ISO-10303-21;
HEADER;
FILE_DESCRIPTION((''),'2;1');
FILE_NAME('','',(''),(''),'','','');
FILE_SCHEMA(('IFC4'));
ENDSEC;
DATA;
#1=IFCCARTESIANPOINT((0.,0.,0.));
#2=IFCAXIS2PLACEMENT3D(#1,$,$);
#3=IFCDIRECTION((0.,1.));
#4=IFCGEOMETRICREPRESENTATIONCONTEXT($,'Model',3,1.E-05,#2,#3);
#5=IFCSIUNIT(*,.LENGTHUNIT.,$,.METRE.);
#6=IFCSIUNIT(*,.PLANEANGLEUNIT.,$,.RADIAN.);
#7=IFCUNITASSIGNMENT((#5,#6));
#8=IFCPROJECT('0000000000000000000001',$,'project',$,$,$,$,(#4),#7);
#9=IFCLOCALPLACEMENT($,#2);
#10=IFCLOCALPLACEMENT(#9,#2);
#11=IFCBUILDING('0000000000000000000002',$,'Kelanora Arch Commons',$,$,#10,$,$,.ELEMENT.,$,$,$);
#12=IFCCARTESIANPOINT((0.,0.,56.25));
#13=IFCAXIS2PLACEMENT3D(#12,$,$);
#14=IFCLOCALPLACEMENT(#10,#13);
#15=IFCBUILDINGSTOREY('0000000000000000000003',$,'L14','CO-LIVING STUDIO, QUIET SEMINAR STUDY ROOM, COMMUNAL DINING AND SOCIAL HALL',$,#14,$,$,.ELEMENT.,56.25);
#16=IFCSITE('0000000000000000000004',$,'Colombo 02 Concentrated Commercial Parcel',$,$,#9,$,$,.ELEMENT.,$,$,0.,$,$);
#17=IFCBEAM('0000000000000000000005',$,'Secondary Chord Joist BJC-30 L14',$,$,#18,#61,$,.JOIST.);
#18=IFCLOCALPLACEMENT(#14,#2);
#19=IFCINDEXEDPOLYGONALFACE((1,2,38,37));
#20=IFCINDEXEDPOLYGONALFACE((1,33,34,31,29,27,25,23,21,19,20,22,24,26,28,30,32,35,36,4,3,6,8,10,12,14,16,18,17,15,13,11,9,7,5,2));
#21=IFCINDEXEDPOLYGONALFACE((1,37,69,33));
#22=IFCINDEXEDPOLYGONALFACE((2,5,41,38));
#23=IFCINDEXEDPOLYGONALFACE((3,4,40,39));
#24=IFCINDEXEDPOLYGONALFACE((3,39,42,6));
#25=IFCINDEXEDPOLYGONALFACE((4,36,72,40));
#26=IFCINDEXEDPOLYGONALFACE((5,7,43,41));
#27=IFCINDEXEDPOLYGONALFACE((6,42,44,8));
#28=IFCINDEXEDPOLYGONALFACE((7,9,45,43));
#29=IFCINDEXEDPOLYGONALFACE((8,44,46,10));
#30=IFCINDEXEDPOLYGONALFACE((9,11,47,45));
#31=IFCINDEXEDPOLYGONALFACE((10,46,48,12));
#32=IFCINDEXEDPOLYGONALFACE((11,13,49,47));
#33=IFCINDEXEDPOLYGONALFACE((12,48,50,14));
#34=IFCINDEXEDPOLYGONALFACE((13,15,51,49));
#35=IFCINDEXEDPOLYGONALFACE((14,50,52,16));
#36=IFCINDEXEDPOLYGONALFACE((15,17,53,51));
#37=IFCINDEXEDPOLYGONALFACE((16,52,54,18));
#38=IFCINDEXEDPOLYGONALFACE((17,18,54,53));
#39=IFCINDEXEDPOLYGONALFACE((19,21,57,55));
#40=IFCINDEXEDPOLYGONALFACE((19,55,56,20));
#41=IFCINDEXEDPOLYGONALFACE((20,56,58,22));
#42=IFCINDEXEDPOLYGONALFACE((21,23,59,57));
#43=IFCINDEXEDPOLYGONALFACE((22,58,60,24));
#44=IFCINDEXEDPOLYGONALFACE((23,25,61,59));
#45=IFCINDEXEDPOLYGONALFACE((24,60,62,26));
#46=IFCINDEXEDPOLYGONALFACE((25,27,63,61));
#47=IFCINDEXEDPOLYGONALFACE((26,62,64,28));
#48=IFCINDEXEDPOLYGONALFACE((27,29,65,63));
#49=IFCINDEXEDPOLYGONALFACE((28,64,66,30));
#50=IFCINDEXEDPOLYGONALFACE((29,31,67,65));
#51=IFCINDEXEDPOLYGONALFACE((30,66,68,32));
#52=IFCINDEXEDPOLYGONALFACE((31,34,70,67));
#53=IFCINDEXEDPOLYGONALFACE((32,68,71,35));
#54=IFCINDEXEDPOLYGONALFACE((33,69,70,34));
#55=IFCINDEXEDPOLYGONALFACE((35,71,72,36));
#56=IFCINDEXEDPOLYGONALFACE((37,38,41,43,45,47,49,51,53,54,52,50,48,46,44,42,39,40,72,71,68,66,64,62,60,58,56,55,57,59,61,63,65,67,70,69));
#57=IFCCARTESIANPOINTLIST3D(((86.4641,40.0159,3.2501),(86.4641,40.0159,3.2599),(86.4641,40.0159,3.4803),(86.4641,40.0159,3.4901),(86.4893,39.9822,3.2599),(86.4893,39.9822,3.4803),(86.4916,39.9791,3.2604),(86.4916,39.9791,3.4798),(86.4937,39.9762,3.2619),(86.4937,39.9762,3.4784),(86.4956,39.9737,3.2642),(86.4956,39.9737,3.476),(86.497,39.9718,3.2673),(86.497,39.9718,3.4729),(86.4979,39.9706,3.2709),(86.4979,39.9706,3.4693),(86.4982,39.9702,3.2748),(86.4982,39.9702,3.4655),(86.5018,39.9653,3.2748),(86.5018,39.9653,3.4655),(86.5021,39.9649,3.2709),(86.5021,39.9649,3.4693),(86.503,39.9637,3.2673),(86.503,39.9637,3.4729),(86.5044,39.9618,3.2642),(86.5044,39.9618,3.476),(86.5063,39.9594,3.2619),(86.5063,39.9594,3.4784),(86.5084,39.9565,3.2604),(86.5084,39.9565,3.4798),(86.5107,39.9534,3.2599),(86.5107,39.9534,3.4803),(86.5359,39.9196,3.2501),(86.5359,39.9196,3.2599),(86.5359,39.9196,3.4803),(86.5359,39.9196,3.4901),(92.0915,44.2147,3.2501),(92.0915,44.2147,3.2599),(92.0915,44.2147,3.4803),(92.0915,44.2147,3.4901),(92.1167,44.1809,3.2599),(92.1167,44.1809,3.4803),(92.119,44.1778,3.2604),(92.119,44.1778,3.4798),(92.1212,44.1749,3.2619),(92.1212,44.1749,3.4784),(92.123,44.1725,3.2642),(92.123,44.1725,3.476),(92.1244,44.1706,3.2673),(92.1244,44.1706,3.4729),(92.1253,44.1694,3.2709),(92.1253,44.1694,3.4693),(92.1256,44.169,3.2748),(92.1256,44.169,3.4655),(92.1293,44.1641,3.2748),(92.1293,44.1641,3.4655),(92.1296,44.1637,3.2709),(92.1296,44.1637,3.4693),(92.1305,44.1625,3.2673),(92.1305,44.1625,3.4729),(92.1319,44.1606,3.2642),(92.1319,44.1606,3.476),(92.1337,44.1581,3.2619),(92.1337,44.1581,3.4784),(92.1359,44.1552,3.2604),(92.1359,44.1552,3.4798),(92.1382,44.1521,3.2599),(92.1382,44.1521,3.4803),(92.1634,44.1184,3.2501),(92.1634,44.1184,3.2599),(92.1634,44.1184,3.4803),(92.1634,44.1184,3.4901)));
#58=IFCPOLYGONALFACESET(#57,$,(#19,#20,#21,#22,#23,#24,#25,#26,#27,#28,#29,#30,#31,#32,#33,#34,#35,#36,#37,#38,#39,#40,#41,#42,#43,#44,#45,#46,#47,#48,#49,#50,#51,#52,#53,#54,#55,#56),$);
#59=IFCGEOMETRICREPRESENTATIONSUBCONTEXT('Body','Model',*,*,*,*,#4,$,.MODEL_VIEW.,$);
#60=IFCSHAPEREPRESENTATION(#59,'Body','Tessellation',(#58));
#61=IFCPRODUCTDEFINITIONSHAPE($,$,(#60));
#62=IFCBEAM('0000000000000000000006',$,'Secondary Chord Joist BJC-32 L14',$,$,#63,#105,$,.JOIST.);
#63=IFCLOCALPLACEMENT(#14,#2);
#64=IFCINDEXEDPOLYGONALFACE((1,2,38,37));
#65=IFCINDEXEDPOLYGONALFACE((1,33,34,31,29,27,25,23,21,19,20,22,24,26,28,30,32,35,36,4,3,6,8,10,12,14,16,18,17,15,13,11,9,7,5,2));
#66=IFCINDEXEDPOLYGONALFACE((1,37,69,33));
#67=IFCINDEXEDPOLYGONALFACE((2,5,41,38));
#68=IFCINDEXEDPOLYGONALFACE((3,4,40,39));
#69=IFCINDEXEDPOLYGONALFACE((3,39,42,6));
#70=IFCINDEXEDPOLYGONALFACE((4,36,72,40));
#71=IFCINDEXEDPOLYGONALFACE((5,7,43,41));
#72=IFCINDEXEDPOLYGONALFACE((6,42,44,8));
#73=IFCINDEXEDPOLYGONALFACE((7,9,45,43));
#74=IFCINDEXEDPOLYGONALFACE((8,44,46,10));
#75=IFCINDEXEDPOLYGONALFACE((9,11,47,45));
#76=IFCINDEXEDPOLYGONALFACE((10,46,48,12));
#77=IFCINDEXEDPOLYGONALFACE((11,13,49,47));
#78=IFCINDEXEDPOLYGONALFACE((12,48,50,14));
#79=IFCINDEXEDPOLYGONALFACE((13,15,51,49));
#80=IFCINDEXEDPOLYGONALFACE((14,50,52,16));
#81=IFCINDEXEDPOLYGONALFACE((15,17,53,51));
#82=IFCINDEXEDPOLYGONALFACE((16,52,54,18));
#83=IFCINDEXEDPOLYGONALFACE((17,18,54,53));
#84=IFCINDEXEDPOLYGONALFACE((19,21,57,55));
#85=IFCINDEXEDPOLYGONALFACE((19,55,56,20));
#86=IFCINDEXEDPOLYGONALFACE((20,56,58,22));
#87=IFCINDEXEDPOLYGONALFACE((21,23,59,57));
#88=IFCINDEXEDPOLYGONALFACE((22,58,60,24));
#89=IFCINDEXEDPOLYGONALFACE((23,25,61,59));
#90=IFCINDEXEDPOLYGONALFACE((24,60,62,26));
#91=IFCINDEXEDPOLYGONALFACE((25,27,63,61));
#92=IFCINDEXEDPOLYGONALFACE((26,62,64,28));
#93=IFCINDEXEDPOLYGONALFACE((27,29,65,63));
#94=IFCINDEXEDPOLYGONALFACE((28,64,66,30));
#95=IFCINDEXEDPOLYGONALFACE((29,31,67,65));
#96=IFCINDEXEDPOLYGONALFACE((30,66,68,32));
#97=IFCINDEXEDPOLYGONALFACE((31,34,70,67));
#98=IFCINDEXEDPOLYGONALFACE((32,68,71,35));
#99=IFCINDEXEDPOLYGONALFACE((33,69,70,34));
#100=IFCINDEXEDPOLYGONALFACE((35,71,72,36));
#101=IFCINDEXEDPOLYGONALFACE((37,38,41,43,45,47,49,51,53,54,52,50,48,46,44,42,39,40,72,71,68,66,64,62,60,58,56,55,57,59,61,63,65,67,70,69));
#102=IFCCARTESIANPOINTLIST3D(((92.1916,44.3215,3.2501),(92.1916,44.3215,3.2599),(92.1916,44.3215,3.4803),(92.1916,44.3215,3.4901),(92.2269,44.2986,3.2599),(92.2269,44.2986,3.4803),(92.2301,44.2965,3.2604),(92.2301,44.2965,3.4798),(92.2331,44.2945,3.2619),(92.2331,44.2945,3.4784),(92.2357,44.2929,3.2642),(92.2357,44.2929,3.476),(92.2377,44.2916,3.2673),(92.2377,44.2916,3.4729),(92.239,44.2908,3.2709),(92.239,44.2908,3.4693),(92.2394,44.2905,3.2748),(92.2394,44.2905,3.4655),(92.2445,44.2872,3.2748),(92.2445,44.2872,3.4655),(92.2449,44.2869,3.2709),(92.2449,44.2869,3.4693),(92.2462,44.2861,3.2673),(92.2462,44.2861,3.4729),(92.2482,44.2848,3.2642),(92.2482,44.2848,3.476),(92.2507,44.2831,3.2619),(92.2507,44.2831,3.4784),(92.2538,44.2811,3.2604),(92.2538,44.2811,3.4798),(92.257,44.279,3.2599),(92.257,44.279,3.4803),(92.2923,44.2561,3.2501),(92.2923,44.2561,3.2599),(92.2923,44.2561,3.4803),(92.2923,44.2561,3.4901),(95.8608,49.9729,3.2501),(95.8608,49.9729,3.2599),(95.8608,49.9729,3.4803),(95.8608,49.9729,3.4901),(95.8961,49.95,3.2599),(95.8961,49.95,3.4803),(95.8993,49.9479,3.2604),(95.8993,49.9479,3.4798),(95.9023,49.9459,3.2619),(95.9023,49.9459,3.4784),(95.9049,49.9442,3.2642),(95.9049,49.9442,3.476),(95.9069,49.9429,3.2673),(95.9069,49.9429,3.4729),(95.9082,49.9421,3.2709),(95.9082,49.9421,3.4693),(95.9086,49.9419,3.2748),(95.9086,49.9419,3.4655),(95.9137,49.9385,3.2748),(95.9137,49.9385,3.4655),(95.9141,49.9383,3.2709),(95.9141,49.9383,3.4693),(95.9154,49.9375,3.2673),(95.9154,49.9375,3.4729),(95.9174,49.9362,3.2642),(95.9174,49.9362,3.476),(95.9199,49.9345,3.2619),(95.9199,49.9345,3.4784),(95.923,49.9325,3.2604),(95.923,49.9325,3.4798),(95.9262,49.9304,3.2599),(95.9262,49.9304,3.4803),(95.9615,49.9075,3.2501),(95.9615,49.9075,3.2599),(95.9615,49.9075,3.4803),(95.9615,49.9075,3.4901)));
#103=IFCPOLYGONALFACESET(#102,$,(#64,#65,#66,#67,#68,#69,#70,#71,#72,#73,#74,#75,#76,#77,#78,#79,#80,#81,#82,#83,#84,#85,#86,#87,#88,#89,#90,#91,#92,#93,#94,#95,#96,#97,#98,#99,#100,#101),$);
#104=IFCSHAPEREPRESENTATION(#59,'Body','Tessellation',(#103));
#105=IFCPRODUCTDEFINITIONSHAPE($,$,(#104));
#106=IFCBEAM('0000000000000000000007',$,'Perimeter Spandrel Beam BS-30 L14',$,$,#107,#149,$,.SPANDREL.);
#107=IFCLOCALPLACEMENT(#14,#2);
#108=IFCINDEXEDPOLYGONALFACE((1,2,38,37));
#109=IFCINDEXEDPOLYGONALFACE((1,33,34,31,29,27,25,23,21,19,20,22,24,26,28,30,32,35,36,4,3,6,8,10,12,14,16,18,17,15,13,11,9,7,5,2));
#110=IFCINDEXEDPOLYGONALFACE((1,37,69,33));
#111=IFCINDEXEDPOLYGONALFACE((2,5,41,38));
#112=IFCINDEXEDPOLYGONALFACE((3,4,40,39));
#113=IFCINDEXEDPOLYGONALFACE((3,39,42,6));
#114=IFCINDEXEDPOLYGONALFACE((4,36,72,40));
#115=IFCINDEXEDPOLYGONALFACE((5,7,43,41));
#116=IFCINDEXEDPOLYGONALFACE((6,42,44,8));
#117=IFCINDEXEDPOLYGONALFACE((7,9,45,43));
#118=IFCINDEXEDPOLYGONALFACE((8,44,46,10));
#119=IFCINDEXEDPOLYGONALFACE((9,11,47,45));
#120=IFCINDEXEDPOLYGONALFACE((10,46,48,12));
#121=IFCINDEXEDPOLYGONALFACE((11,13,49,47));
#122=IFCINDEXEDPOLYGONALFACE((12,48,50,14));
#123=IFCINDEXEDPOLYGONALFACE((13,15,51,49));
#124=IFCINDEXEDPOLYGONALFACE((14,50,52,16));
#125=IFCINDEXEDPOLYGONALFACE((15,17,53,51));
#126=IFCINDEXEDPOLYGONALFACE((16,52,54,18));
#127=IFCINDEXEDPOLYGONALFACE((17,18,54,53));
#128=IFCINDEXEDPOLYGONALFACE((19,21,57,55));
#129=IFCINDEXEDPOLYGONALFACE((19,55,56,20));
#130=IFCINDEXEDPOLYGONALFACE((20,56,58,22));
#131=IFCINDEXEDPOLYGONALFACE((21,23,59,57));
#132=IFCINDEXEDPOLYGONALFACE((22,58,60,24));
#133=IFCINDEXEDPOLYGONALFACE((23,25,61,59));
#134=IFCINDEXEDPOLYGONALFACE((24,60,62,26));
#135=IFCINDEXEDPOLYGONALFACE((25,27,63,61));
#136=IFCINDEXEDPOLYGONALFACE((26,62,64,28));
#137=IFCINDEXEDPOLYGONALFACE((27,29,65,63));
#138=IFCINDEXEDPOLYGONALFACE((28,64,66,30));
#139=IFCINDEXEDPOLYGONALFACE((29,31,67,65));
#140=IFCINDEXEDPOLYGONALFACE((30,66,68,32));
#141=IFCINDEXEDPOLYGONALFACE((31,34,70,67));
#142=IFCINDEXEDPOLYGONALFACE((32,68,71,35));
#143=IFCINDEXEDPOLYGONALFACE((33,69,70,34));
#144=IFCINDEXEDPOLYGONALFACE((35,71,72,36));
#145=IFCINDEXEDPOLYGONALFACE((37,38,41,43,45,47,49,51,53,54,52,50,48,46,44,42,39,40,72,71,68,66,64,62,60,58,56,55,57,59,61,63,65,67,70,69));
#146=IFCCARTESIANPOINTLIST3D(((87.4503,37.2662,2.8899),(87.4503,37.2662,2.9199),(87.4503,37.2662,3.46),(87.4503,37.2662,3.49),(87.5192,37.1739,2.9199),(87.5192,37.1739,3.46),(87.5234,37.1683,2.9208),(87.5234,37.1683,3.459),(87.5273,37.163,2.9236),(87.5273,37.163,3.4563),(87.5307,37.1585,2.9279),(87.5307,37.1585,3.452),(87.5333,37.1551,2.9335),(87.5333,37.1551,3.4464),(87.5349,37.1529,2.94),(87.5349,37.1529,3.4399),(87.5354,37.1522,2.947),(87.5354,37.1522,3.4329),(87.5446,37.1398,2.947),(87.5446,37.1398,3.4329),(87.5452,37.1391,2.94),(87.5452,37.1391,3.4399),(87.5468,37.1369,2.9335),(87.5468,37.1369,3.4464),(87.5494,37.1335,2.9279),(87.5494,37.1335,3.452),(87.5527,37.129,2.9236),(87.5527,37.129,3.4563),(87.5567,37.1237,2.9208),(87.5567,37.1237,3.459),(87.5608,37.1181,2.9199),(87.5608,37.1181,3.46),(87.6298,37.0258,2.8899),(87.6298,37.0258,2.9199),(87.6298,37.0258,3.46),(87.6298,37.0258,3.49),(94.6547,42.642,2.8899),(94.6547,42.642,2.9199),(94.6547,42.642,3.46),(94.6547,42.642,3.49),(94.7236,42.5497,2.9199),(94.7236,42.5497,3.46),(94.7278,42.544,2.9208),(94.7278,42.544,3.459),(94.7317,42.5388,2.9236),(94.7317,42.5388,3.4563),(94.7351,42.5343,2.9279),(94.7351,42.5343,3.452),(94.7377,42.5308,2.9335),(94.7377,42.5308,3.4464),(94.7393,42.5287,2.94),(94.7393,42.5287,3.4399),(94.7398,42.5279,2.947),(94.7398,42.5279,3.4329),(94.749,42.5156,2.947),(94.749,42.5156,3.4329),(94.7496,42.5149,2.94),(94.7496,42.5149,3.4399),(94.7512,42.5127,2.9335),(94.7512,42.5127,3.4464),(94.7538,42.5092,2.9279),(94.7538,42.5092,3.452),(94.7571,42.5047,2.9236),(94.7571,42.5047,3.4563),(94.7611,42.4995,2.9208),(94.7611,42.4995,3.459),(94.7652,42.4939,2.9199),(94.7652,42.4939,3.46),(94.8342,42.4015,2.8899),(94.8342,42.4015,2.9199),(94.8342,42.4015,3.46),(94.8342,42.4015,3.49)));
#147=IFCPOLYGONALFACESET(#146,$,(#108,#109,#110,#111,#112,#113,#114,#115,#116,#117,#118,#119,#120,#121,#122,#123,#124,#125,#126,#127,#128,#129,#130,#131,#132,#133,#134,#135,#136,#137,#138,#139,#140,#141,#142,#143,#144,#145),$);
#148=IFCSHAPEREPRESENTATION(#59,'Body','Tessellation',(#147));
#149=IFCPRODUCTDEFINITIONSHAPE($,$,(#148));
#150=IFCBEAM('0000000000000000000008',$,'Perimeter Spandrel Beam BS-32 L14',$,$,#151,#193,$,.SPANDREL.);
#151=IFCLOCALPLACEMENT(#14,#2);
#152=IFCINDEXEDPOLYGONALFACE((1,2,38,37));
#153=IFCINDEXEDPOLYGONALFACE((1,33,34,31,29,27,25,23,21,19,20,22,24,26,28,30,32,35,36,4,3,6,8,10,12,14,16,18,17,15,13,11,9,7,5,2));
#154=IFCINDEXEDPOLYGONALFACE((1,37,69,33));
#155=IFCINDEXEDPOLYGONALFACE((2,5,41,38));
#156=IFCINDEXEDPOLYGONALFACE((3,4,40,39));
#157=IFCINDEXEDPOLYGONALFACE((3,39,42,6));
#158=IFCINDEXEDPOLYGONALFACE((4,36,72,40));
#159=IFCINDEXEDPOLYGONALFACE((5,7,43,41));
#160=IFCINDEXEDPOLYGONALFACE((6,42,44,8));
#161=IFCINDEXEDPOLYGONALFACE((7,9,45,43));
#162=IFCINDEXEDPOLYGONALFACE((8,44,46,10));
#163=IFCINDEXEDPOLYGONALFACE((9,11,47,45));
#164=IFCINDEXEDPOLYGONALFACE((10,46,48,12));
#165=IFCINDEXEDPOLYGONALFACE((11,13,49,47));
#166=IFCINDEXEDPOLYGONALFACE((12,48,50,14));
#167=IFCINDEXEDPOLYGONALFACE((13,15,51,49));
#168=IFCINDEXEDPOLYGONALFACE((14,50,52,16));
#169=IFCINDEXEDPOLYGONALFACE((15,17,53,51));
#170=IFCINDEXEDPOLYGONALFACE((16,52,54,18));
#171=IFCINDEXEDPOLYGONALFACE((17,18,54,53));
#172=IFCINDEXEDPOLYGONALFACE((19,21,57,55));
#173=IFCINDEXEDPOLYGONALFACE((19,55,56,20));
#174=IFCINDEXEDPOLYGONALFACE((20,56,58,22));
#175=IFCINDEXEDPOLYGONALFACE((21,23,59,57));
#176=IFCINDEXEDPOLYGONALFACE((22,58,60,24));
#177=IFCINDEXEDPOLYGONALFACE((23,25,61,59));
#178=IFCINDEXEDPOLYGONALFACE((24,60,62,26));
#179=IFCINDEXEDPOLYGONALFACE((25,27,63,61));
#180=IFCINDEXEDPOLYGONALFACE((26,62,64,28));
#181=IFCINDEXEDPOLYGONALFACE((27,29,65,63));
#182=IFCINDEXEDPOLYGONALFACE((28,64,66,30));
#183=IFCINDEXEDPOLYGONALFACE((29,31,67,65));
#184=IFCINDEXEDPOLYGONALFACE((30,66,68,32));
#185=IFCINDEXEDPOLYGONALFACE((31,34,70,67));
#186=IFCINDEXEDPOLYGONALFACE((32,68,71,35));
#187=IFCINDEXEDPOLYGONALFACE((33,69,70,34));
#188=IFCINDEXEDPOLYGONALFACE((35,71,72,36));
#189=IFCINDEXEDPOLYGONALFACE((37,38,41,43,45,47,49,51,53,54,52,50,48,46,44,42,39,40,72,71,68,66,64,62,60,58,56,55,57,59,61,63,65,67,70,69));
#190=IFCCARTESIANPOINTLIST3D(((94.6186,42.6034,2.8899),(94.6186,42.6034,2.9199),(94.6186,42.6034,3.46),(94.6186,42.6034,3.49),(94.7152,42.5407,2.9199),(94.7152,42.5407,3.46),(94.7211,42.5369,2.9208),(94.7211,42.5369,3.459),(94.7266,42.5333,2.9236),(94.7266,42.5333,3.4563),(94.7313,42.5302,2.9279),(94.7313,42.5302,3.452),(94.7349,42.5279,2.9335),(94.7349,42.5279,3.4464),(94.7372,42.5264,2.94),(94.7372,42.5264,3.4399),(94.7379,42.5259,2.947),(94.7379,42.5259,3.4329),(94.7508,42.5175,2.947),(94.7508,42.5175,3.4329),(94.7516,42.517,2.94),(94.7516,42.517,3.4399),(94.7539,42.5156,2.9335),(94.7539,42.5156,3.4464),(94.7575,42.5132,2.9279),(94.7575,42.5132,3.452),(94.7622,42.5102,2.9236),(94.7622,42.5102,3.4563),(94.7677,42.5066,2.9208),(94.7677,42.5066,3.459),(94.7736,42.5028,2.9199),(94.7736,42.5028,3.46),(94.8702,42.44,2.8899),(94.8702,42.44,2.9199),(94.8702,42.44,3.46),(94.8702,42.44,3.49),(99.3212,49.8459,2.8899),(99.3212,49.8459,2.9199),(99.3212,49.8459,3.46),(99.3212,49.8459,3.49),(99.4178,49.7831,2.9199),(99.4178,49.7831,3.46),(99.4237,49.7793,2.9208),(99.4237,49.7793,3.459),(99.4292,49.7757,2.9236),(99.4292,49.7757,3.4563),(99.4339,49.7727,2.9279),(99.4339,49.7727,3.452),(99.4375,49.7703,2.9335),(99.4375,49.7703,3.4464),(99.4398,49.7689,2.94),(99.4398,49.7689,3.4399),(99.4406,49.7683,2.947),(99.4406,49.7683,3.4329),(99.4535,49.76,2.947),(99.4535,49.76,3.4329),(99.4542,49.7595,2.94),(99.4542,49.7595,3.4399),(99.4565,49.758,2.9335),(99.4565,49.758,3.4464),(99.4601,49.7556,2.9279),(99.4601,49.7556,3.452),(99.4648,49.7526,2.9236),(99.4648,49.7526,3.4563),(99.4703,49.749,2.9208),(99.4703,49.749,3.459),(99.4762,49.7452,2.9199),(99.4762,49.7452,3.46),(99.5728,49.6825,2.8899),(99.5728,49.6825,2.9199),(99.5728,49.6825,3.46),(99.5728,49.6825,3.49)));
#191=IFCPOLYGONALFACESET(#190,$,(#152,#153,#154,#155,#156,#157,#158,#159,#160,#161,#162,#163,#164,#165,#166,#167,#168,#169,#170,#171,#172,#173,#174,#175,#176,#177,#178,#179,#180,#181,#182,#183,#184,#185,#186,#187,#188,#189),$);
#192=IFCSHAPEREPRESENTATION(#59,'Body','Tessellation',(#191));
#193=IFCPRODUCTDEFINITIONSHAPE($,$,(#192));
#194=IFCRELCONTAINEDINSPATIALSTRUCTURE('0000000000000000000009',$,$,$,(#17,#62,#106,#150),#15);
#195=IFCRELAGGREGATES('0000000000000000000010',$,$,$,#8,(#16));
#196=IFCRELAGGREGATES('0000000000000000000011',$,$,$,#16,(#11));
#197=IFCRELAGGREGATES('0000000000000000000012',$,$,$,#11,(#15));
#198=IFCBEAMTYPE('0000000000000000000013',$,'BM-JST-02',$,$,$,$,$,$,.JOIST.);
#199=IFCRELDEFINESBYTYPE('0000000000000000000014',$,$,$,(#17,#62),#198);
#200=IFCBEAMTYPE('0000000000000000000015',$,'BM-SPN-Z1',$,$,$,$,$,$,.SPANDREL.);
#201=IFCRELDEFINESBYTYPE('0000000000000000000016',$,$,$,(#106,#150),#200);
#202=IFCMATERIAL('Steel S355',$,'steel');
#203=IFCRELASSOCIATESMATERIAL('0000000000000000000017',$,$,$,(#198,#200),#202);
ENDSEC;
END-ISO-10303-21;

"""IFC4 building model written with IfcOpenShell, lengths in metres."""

from ifc_helpers import new_model, si_unit, direction, frame, origin, origin_2d, place, context, subcontext, project, spatial, i_section, extrude, material, material_profile, profile_set, type_object, element, save


model = new_model("IFC4")

# Units and contexts
model_context = context("Model", 3, precision=1e-05, world=origin(), true_north=direction((0.0, 1.0)))
body_context = subcontext(model_context, "Body", "Model", "MODEL_VIEW")
ifc_project = project(units=[si_unit("LENGTHUNIT", "METRE"), si_unit("PLANEANGLEUNIT", "RADIAN")], contexts=[model_context])

# Site, building, storey
site_placement = place(None, origin())
site = spatial("IfcSite", under=ifc_project, at=site_placement, Name="Colombo 02 Concentrated Commercial Parcel", CompositionType="ELEMENT", RefElevation=0.0)
building_placement = place(site_placement, origin())
building = spatial("IfcBuilding", under=site, at=building_placement, Name="Kelanora Arch Commons", CompositionType="ELEMENT")
storey_placement = place(building_placement, frame((0.0, 0.0, 56.25)))
storey = spatial("IfcBuildingStorey", under=building, at=storey_placement, Name="L14", Description="CO-LIVING STUDIO, QUIET SEMINAR STUDY ROOM, COMMUNAL DINING AND SOCIAL HALL", CompositionType="ELEMENT", Elevation=56.25)

# Beams
ifc_material_1 = material(Name="Steel S355", Category="steel")
ifc_material_profile_1 = material_profile(ifc_material_1, i_section(OverallWidth=0.1201, OverallDepth=0.24, WebThickness=0.0061, FlangeThickness=0.0098, FilletRadius=0.0149, at=origin_2d()), Name="IPE240")
ifc_profile_set_1 = profile_set([ifc_material_profile_1], Name="Steel S355")
beam_type_1 = type_object("IfcBeamType", Name="BM-JST-02", PredefinedType="JOIST", material=ifc_profile_set_1)
beam_1_placement = place(storey_placement, frame((86.5, 39.9678, 3.3701), z_axis=(0.801491, 0.598006, 0.0), x_axis=(-0.598006, 0.801491, 0.0)))
element("IfcBeam", 1, at=beam_1_placement, inside=storey, type_object=beam_type_1, Name="Secondary Chord Joist BJC-30 L14", PredefinedType="JOIST", context=body_context, shape_type="SweptSolid", body=[
    extrude(i_section(OverallWidth=0.1201, OverallDepth=0.24, WebThickness=0.0061, FlangeThickness=0.0098, FilletRadius=0.0149, at=origin_2d()), origin(), (0.0, 0.0, 1.0), 7.0212),
])
beam_2_placement = place(storey_placement, frame((92.2419, 44.2888, 3.3701), z_axis=(0.54455, 0.838728, 0.0), x_axis=(-0.838728, 0.54455, 0.0)))
element("IfcBeam", 2, at=beam_2_placement, inside=storey, type_object=beam_type_1, Name="Secondary Chord Joist BJC-32 L14", PredefinedType="JOIST", context=body_context, shape_type="SweptSolid", body=[
    extrude(i_section(OverallWidth=0.1201, OverallDepth=0.24, WebThickness=0.0061, FlangeThickness=0.0098, FilletRadius=0.0149, at=origin_2d()), origin(), (0.0, 0.0, 1.0), 6.738),
])
ifc_material_profile_2 = material_profile(ifc_material_1, i_section(OverallWidth=0.3, OverallDepth=0.6001, WebThickness=0.0154, FlangeThickness=0.03, FilletRadius=0.0271, at=origin_2d()), Name="HEB600")
ifc_profile_set_2 = profile_set([ifc_material_profile_2], Name="Steel S355")
beam_type_2 = type_object("IfcBeamType", Name="BM-SPN-Z1", PredefinedType="SPANDREL", material=ifc_profile_set_2)
beam_3_placement = place(storey_placement, frame((87.54, 37.146, 3.1899), z_axis=(0.801468, 0.598038, 0.0), x_axis=(-0.598038, 0.801468, 0.0)))
element("IfcBeam", 3, at=beam_3_placement, inside=storey, type_object=beam_type_2, Name="Perimeter Spandrel Beam BS-30 L14", PredefinedType="SPANDREL", context=body_context, shape_type="SweptSolid", body=[
    extrude(i_section(OverallWidth=0.3, OverallDepth=0.6001, WebThickness=0.0154, FlangeThickness=0.03, FilletRadius=0.0271, at=origin_2d()), origin(), (0.0, 0.0, 1.0), 8.989),
])
beam_4_placement = place(storey_placement, frame((94.7444, 42.5217, 3.1899), z_axis=(0.544586, 0.838705, 0.0), x_axis=(-0.838705, 0.544586, 0.0)))
element("IfcBeam", 4, at=beam_4_placement, inside=storey, type_object=beam_type_2, Name="Perimeter Spandrel Beam BS-32 L14", PredefinedType="SPANDREL", context=body_context, shape_type="SweptSolid", body=[
    extrude(i_section(OverallWidth=0.3, OverallDepth=0.6001, WebThickness=0.0154, FlangeThickness=0.03, FilletRadius=0.0271, at=origin_2d()), origin(), (0.0, 0.0, 1.0), 8.6353),
])

save(model, "model.ifc")
